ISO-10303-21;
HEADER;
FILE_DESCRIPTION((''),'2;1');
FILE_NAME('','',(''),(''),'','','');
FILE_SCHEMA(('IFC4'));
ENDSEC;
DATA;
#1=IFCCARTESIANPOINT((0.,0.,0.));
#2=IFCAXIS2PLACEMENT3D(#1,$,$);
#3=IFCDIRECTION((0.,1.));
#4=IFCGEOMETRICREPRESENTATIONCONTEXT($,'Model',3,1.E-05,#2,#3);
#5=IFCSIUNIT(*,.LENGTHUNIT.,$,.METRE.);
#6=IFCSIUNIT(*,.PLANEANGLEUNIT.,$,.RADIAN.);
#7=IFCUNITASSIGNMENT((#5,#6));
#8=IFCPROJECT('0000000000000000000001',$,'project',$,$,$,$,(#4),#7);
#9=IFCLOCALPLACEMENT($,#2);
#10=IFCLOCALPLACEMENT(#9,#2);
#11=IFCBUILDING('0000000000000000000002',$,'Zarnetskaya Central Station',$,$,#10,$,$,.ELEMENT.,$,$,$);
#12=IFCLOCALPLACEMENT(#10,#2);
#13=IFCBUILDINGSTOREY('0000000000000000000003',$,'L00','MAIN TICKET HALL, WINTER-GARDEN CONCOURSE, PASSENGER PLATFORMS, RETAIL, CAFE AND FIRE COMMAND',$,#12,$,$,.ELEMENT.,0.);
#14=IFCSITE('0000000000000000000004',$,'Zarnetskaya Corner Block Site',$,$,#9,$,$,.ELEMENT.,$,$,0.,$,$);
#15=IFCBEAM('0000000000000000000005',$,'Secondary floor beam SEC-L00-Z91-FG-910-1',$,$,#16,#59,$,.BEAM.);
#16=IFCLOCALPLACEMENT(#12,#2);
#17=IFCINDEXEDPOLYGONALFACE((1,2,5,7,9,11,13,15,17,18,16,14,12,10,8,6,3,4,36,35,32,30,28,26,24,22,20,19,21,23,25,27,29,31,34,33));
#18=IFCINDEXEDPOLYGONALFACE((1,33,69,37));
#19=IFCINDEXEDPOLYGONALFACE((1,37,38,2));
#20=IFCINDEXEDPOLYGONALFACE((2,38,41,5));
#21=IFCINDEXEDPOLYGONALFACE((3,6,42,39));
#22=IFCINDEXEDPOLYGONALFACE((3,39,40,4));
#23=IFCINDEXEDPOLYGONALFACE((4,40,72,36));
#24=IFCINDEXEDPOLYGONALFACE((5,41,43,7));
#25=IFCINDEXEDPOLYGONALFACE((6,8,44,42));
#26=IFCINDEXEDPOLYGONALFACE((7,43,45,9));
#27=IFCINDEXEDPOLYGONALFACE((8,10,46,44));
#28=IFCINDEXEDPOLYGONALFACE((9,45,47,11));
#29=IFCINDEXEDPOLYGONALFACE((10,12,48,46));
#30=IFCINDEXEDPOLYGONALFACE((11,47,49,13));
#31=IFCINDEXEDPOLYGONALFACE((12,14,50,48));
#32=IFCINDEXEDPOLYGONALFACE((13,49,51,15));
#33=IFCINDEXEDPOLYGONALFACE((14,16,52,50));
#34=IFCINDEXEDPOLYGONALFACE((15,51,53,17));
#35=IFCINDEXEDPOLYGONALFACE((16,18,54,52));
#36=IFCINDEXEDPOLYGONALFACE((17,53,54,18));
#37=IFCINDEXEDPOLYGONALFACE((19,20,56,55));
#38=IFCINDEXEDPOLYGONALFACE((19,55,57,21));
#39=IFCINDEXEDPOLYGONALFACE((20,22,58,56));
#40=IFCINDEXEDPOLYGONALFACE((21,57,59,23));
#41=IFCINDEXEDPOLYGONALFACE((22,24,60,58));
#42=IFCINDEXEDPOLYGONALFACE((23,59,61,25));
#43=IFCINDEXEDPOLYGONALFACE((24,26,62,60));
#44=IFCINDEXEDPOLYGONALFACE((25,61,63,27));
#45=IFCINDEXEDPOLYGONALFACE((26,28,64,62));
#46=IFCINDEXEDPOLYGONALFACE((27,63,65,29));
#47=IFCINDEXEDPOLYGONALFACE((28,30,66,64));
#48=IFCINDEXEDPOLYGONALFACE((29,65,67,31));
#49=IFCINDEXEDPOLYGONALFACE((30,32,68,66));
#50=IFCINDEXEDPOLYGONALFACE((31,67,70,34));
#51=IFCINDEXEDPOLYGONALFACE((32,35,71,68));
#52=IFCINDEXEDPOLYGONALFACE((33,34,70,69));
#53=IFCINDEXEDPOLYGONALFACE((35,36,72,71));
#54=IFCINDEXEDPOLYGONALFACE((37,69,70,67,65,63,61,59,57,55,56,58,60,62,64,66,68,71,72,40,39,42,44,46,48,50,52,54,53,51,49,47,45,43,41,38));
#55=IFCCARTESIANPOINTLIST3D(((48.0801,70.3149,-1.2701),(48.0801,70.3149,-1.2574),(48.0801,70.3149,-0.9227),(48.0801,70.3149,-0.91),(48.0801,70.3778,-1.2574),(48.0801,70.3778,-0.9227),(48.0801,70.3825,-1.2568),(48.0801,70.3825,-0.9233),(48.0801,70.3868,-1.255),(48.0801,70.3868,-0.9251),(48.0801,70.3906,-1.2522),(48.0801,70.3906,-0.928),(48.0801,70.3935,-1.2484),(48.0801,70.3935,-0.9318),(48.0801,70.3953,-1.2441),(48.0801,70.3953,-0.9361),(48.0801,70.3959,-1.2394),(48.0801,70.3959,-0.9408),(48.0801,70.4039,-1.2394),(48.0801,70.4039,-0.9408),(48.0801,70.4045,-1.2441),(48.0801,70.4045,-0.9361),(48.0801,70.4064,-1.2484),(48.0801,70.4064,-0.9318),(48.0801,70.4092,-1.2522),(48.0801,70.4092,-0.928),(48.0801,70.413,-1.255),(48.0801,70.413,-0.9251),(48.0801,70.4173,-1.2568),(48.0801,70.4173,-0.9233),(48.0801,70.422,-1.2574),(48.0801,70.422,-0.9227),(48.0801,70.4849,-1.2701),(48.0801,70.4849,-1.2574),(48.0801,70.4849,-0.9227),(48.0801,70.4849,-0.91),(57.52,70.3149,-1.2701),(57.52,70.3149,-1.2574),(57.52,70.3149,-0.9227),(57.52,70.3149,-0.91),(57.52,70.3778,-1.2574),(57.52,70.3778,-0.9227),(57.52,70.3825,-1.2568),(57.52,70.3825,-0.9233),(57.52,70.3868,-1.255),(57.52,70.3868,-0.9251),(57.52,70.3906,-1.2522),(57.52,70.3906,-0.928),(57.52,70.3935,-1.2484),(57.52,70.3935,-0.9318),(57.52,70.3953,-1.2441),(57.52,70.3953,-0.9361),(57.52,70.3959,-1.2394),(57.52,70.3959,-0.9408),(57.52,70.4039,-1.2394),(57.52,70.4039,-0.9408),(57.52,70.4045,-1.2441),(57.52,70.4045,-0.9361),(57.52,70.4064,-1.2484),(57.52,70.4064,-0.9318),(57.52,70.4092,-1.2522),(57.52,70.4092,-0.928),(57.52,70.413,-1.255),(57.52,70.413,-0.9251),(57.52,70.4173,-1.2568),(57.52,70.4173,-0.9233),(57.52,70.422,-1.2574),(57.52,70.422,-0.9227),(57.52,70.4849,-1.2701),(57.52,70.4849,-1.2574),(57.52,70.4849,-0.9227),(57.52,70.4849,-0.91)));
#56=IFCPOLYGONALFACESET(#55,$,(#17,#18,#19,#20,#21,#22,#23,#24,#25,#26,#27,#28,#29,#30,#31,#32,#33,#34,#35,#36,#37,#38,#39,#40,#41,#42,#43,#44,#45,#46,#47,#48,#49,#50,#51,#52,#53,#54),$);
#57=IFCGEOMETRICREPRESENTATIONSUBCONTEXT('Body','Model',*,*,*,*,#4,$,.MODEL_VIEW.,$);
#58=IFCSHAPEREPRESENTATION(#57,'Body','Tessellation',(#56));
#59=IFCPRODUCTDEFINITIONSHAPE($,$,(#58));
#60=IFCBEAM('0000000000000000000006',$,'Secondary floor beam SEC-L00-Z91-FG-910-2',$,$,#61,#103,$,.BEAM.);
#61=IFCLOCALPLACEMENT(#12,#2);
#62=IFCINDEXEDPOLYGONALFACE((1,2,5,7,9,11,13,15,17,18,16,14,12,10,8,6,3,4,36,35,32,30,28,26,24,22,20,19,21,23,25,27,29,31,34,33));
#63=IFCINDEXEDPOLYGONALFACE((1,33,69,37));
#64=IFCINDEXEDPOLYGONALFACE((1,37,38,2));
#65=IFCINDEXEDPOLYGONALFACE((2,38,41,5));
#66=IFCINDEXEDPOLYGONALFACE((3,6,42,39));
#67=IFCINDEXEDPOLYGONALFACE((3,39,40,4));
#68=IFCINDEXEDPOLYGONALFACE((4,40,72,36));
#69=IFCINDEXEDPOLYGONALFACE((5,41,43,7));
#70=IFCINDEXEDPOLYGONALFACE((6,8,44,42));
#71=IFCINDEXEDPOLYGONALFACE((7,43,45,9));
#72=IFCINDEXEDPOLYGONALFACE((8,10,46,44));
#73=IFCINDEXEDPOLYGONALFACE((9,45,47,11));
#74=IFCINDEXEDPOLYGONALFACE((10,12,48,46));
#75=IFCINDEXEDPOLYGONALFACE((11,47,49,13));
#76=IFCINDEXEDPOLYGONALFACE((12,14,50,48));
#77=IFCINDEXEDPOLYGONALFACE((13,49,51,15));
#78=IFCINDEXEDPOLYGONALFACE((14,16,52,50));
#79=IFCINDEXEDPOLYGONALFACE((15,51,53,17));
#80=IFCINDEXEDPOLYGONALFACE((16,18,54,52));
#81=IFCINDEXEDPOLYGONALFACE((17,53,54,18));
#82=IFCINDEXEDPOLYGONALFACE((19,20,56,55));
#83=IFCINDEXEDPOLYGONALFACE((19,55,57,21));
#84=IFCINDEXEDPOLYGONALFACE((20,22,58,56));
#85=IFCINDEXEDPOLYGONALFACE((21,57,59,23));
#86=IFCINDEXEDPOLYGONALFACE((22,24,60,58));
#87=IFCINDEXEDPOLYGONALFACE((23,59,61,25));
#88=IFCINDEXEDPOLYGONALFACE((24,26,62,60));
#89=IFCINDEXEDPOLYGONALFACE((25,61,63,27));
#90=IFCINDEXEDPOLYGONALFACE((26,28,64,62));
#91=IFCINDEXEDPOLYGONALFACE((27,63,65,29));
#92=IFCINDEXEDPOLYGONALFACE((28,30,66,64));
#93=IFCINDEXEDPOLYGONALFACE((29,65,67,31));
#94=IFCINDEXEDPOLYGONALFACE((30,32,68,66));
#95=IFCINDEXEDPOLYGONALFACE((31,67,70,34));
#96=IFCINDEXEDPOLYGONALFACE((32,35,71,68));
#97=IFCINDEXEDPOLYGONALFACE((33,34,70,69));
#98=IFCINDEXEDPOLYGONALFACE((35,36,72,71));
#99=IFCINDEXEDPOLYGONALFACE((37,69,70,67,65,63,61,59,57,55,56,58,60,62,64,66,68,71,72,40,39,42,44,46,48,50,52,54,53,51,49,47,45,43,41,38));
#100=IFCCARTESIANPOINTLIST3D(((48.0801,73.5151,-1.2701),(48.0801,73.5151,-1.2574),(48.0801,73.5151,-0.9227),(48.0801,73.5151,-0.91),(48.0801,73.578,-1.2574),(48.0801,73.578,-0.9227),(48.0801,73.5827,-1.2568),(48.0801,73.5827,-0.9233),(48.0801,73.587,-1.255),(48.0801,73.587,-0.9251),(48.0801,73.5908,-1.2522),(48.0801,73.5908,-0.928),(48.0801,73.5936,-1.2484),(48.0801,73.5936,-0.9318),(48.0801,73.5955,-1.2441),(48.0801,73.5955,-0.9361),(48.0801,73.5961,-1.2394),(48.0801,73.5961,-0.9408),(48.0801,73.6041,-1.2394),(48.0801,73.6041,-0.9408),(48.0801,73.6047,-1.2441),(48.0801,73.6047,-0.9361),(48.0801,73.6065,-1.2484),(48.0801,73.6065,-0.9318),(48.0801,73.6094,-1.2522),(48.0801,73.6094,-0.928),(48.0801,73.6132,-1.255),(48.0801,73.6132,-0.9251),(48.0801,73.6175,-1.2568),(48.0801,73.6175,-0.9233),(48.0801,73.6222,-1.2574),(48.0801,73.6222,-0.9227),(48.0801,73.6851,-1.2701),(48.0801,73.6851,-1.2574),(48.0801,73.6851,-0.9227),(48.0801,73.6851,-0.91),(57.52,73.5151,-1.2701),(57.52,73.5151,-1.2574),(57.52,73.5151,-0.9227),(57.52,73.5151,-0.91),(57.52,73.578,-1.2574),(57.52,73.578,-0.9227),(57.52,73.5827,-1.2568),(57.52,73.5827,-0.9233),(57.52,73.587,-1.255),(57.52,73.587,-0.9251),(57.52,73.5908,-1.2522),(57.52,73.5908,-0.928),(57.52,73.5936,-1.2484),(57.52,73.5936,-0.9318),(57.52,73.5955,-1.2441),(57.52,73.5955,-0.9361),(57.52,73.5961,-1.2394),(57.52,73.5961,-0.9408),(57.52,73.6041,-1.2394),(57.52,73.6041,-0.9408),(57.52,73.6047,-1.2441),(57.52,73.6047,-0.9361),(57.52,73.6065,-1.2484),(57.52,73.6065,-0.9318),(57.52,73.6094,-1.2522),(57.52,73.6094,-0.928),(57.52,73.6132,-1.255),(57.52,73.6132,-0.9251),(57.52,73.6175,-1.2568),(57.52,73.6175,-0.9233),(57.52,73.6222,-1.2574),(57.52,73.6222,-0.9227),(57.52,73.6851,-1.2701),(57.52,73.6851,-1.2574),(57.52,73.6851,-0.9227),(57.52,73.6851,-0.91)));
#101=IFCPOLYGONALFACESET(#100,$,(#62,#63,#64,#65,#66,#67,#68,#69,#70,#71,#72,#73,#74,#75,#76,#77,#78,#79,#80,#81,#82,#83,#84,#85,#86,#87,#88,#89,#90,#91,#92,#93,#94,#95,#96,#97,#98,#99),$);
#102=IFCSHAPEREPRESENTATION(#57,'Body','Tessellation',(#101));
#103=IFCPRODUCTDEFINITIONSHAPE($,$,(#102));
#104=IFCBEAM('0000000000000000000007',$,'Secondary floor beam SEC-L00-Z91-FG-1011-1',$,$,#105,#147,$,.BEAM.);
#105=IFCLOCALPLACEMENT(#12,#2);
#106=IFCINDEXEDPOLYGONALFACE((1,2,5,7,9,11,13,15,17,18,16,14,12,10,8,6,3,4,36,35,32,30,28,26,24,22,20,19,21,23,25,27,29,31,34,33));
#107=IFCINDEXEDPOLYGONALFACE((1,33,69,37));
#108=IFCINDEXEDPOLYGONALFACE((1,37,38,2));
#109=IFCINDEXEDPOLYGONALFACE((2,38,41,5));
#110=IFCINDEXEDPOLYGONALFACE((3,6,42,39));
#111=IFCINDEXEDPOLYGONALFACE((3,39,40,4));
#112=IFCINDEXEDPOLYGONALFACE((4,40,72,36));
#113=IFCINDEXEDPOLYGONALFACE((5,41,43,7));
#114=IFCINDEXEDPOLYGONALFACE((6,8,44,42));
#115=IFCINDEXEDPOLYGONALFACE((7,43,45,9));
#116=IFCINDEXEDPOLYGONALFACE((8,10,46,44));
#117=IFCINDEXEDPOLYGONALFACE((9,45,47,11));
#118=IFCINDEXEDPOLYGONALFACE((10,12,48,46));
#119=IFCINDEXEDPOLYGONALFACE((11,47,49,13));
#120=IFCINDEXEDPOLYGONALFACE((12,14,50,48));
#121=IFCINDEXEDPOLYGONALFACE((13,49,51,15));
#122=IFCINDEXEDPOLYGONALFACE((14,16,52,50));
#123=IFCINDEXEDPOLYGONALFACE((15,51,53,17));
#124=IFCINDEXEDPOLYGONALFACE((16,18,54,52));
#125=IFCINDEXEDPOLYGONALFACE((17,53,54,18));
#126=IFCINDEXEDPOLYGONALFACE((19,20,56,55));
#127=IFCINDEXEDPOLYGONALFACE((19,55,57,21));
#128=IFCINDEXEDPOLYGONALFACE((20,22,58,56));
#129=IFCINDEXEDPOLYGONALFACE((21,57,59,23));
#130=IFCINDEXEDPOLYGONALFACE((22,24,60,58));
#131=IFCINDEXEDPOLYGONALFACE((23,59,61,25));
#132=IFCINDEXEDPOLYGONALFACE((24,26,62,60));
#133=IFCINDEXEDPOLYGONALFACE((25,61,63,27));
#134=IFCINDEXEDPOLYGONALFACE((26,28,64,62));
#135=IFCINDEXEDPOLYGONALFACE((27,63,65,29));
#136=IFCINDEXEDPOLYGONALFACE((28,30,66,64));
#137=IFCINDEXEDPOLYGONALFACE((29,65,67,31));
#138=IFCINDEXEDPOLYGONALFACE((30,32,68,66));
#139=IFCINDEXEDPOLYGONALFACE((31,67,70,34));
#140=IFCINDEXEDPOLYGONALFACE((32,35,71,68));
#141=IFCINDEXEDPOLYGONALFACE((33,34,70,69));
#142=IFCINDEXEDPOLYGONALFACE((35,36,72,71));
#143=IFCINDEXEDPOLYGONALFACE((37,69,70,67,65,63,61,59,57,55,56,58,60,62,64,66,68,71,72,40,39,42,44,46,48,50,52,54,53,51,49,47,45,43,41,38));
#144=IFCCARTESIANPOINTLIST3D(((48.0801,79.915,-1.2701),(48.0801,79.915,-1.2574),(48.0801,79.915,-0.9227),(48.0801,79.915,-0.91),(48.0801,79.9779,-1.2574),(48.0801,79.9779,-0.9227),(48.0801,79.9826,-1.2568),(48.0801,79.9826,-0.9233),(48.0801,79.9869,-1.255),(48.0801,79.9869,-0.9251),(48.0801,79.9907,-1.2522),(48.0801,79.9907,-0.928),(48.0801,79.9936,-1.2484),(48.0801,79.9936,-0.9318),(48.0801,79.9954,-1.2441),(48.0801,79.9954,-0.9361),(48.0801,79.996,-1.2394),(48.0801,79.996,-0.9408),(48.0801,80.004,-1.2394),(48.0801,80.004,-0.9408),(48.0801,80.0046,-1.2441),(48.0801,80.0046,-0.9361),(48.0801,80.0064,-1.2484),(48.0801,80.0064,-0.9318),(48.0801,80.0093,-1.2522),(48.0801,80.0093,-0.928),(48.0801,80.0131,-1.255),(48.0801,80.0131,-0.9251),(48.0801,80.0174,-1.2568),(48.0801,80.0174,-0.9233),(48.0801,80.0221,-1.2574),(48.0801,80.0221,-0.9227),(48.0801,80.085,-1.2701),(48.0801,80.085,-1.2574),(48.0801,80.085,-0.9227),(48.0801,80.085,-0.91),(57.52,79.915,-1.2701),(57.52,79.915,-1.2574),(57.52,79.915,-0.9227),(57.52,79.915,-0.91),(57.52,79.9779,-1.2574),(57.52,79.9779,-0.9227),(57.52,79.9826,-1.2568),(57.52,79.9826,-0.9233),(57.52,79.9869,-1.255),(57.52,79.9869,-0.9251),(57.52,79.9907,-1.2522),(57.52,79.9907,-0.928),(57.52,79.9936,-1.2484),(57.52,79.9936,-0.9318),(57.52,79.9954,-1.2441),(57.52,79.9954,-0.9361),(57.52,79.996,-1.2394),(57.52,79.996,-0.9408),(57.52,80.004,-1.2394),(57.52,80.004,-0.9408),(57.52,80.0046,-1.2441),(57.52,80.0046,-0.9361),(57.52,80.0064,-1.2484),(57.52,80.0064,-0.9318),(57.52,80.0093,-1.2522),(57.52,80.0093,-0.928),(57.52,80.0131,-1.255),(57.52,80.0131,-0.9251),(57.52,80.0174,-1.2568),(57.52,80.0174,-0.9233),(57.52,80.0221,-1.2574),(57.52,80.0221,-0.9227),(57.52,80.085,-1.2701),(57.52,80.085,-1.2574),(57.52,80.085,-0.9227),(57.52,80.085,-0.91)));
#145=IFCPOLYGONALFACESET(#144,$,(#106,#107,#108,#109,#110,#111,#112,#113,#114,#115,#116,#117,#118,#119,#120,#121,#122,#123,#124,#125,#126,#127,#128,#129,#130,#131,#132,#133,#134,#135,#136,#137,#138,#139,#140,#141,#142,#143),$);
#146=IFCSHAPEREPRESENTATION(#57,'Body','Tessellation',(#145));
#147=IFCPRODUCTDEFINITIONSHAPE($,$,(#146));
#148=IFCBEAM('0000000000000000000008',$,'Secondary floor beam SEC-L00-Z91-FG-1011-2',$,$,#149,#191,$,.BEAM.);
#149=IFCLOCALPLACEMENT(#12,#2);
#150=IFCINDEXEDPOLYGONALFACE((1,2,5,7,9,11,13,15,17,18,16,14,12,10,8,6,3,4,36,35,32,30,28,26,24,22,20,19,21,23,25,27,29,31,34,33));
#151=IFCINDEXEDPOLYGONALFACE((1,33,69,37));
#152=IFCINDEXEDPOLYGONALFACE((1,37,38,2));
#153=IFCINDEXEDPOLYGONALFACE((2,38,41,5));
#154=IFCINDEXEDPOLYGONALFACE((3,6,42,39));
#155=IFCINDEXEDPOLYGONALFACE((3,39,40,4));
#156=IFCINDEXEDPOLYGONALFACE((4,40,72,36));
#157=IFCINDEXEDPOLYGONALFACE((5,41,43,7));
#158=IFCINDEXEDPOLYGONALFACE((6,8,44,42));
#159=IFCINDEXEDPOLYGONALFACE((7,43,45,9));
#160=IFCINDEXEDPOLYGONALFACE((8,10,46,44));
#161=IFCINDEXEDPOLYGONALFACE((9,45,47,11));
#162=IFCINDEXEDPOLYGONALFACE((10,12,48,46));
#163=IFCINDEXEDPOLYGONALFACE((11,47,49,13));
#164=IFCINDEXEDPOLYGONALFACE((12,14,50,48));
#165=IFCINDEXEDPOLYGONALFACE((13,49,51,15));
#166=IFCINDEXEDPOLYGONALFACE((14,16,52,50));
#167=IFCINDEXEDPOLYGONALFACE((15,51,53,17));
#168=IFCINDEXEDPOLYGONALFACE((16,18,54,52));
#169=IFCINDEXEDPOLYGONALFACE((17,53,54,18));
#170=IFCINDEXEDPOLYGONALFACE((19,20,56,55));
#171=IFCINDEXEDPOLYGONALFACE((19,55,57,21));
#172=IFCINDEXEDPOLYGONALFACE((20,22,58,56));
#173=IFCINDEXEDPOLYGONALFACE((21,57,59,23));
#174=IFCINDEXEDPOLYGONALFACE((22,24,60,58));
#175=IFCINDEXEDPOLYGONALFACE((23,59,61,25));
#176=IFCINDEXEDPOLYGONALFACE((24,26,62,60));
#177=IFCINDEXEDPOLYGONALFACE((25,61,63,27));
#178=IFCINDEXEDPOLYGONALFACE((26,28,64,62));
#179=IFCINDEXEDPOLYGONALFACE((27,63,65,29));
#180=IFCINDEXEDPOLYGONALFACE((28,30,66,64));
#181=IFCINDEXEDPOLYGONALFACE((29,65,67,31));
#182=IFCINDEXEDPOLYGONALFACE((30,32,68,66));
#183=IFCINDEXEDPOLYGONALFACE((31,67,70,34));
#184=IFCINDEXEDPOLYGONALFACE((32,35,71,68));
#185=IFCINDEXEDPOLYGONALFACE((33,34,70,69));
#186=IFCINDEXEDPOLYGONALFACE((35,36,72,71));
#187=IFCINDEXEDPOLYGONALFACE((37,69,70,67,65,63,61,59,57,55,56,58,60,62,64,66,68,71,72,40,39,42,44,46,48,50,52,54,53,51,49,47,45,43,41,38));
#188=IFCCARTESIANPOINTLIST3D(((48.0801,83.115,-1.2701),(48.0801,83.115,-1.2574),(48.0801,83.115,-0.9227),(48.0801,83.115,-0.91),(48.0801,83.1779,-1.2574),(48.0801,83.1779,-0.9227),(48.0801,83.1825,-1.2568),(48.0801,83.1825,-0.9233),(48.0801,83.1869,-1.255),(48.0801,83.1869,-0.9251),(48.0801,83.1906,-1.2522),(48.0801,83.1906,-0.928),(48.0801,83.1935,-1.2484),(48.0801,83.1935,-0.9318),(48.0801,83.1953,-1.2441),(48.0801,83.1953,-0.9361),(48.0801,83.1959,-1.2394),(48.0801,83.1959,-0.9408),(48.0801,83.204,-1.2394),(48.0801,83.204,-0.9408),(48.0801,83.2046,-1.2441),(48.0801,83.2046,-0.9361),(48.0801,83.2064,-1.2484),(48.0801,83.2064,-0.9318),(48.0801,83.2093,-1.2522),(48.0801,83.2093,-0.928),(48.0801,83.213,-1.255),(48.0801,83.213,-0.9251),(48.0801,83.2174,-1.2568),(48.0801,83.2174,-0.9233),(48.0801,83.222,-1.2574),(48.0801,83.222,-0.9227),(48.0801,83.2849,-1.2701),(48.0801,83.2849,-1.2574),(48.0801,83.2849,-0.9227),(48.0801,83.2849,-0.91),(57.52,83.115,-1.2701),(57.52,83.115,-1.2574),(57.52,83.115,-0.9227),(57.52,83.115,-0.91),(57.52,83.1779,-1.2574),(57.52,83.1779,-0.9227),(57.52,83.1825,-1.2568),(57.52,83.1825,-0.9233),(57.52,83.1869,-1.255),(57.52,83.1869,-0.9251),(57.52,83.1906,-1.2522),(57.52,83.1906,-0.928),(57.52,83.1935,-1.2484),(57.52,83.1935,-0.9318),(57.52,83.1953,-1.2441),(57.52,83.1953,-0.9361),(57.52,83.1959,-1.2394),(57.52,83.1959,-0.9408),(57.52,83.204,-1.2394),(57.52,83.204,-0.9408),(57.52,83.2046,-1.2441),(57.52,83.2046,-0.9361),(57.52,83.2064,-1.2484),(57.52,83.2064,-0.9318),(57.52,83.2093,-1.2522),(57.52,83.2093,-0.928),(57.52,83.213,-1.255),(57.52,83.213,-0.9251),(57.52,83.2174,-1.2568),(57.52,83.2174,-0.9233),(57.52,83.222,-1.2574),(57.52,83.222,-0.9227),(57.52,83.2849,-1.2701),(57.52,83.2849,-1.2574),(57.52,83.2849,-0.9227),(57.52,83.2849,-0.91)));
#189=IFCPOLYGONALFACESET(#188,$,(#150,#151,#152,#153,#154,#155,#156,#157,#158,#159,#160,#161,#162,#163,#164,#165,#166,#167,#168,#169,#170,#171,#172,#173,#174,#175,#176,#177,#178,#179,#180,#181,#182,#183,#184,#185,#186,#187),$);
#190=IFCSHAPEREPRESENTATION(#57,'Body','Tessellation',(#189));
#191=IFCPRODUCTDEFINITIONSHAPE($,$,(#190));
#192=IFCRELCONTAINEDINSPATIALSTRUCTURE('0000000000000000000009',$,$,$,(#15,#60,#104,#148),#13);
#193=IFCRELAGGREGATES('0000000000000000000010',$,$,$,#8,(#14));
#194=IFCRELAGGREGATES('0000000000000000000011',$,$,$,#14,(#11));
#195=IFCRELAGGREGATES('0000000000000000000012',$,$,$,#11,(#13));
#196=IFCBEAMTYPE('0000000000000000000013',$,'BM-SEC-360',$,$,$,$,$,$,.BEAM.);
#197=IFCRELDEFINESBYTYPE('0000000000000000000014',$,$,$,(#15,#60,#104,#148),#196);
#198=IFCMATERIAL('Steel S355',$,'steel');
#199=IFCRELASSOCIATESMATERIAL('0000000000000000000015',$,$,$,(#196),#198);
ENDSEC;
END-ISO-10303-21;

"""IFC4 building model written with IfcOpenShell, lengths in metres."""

from ifc_helpers import new_model, si_unit, direction, frame, origin, origin_2d, place, context, subcontext, project, spatial, i_section, extrude, material, material_profile, profile_set, type_object, element, save


model = new_model("IFC4")

# Units and contexts
model_context = context("Model", 3, precision=1e-05, world=origin(), true_north=direction((0.0, 1.0)))
body_context = subcontext(model_context, "Body", "Model", "MODEL_VIEW")
ifc_project = project(units=[si_unit("LENGTHUNIT", "METRE"), si_unit("PLANEANGLEUNIT", "RADIAN")], contexts=[model_context])

# Site, building, storey
site_placement = place(None, origin())
site = spatial("IfcSite", under=ifc_project, at=site_placement, Name="Zarnetskaya Corner Block Site", CompositionType="ELEMENT", RefElevation=0.0)
building_placement = place(site_placement, origin())
building = spatial("IfcBuilding", under=site, at=building_placement, Name="Zarnetskaya Central Station", CompositionType="ELEMENT")
storey_placement = place(building_placement, origin())
storey = spatial("IfcBuildingStorey", under=building, at=storey_placement, Name="L00", Description="MAIN TICKET HALL, WINTER-GARDEN CONCOURSE, PASSENGER PLATFORMS, RETAIL, CAFE AND FIRE COMMAND", CompositionType="ELEMENT", Elevation=0.0)

# Shared definitions
ifc_material = material(Name="Steel S355", Category="steel")

# Beams
ifc_material_profile_1 = material_profile(ifc_material, i_section(OverallWidth=0.1699, OverallDepth=0.3601, WebThickness=0.0081, FlangeThickness=0.0127, FilletRadius=0.0181, at=origin_2d()), Name="IPE 360")
ifc_profile_set_1 = profile_set([ifc_material_profile_1], Name="Steel S355")
beam_type_1 = type_object("IfcBeamType", Name="BM-SEC-360", PredefinedType="BEAM", material=ifc_profile_set_1)
for number, where, z_axis, x_axis, name in (
    (1, (48.0801, 70.3999, -1.0901), (1.0, 0.0, 0.0), (0.0, 1.0, 0.0), "Secondary floor beam SEC-L00-Z91-FG-910-1"),
    (2, (48.0801, 73.6001, -1.0901), (1.0, 0.0, 0.0), (0.0, 1.0, 0.0), "Secondary floor beam SEC-L00-Z91-FG-910-2"),
    (3, (48.0801, 80.0, -1.0901), (1.0, 0.0, 0.0), (0.0, 1.0, 0.0), "Secondary floor beam SEC-L00-Z91-FG-1011-1"),
    (4, (48.0801, 83.2, -1.0901), (1.0, 0.0, 0.0), (0.0, 1.0, 0.0), "Secondary floor beam SEC-L00-Z91-FG-1011-2"),
):
    element("IfcBeam", number, at=place(storey_placement, frame(where, z_axis=z_axis, x_axis=x_axis)), inside=storey, type_object=beam_type_1, Name=name, PredefinedType="BEAM", context=body_context, shape_type="SweptSolid", body=[
        extrude(i_section(OverallWidth=0.1699, OverallDepth=0.3601, WebThickness=0.0081, FlangeThickness=0.0127, FilletRadius=0.0181, at=origin_2d()), origin(), (0.0, 0.0, 1.0), 9.4399),
    ])

save(model, "model.ifc")
